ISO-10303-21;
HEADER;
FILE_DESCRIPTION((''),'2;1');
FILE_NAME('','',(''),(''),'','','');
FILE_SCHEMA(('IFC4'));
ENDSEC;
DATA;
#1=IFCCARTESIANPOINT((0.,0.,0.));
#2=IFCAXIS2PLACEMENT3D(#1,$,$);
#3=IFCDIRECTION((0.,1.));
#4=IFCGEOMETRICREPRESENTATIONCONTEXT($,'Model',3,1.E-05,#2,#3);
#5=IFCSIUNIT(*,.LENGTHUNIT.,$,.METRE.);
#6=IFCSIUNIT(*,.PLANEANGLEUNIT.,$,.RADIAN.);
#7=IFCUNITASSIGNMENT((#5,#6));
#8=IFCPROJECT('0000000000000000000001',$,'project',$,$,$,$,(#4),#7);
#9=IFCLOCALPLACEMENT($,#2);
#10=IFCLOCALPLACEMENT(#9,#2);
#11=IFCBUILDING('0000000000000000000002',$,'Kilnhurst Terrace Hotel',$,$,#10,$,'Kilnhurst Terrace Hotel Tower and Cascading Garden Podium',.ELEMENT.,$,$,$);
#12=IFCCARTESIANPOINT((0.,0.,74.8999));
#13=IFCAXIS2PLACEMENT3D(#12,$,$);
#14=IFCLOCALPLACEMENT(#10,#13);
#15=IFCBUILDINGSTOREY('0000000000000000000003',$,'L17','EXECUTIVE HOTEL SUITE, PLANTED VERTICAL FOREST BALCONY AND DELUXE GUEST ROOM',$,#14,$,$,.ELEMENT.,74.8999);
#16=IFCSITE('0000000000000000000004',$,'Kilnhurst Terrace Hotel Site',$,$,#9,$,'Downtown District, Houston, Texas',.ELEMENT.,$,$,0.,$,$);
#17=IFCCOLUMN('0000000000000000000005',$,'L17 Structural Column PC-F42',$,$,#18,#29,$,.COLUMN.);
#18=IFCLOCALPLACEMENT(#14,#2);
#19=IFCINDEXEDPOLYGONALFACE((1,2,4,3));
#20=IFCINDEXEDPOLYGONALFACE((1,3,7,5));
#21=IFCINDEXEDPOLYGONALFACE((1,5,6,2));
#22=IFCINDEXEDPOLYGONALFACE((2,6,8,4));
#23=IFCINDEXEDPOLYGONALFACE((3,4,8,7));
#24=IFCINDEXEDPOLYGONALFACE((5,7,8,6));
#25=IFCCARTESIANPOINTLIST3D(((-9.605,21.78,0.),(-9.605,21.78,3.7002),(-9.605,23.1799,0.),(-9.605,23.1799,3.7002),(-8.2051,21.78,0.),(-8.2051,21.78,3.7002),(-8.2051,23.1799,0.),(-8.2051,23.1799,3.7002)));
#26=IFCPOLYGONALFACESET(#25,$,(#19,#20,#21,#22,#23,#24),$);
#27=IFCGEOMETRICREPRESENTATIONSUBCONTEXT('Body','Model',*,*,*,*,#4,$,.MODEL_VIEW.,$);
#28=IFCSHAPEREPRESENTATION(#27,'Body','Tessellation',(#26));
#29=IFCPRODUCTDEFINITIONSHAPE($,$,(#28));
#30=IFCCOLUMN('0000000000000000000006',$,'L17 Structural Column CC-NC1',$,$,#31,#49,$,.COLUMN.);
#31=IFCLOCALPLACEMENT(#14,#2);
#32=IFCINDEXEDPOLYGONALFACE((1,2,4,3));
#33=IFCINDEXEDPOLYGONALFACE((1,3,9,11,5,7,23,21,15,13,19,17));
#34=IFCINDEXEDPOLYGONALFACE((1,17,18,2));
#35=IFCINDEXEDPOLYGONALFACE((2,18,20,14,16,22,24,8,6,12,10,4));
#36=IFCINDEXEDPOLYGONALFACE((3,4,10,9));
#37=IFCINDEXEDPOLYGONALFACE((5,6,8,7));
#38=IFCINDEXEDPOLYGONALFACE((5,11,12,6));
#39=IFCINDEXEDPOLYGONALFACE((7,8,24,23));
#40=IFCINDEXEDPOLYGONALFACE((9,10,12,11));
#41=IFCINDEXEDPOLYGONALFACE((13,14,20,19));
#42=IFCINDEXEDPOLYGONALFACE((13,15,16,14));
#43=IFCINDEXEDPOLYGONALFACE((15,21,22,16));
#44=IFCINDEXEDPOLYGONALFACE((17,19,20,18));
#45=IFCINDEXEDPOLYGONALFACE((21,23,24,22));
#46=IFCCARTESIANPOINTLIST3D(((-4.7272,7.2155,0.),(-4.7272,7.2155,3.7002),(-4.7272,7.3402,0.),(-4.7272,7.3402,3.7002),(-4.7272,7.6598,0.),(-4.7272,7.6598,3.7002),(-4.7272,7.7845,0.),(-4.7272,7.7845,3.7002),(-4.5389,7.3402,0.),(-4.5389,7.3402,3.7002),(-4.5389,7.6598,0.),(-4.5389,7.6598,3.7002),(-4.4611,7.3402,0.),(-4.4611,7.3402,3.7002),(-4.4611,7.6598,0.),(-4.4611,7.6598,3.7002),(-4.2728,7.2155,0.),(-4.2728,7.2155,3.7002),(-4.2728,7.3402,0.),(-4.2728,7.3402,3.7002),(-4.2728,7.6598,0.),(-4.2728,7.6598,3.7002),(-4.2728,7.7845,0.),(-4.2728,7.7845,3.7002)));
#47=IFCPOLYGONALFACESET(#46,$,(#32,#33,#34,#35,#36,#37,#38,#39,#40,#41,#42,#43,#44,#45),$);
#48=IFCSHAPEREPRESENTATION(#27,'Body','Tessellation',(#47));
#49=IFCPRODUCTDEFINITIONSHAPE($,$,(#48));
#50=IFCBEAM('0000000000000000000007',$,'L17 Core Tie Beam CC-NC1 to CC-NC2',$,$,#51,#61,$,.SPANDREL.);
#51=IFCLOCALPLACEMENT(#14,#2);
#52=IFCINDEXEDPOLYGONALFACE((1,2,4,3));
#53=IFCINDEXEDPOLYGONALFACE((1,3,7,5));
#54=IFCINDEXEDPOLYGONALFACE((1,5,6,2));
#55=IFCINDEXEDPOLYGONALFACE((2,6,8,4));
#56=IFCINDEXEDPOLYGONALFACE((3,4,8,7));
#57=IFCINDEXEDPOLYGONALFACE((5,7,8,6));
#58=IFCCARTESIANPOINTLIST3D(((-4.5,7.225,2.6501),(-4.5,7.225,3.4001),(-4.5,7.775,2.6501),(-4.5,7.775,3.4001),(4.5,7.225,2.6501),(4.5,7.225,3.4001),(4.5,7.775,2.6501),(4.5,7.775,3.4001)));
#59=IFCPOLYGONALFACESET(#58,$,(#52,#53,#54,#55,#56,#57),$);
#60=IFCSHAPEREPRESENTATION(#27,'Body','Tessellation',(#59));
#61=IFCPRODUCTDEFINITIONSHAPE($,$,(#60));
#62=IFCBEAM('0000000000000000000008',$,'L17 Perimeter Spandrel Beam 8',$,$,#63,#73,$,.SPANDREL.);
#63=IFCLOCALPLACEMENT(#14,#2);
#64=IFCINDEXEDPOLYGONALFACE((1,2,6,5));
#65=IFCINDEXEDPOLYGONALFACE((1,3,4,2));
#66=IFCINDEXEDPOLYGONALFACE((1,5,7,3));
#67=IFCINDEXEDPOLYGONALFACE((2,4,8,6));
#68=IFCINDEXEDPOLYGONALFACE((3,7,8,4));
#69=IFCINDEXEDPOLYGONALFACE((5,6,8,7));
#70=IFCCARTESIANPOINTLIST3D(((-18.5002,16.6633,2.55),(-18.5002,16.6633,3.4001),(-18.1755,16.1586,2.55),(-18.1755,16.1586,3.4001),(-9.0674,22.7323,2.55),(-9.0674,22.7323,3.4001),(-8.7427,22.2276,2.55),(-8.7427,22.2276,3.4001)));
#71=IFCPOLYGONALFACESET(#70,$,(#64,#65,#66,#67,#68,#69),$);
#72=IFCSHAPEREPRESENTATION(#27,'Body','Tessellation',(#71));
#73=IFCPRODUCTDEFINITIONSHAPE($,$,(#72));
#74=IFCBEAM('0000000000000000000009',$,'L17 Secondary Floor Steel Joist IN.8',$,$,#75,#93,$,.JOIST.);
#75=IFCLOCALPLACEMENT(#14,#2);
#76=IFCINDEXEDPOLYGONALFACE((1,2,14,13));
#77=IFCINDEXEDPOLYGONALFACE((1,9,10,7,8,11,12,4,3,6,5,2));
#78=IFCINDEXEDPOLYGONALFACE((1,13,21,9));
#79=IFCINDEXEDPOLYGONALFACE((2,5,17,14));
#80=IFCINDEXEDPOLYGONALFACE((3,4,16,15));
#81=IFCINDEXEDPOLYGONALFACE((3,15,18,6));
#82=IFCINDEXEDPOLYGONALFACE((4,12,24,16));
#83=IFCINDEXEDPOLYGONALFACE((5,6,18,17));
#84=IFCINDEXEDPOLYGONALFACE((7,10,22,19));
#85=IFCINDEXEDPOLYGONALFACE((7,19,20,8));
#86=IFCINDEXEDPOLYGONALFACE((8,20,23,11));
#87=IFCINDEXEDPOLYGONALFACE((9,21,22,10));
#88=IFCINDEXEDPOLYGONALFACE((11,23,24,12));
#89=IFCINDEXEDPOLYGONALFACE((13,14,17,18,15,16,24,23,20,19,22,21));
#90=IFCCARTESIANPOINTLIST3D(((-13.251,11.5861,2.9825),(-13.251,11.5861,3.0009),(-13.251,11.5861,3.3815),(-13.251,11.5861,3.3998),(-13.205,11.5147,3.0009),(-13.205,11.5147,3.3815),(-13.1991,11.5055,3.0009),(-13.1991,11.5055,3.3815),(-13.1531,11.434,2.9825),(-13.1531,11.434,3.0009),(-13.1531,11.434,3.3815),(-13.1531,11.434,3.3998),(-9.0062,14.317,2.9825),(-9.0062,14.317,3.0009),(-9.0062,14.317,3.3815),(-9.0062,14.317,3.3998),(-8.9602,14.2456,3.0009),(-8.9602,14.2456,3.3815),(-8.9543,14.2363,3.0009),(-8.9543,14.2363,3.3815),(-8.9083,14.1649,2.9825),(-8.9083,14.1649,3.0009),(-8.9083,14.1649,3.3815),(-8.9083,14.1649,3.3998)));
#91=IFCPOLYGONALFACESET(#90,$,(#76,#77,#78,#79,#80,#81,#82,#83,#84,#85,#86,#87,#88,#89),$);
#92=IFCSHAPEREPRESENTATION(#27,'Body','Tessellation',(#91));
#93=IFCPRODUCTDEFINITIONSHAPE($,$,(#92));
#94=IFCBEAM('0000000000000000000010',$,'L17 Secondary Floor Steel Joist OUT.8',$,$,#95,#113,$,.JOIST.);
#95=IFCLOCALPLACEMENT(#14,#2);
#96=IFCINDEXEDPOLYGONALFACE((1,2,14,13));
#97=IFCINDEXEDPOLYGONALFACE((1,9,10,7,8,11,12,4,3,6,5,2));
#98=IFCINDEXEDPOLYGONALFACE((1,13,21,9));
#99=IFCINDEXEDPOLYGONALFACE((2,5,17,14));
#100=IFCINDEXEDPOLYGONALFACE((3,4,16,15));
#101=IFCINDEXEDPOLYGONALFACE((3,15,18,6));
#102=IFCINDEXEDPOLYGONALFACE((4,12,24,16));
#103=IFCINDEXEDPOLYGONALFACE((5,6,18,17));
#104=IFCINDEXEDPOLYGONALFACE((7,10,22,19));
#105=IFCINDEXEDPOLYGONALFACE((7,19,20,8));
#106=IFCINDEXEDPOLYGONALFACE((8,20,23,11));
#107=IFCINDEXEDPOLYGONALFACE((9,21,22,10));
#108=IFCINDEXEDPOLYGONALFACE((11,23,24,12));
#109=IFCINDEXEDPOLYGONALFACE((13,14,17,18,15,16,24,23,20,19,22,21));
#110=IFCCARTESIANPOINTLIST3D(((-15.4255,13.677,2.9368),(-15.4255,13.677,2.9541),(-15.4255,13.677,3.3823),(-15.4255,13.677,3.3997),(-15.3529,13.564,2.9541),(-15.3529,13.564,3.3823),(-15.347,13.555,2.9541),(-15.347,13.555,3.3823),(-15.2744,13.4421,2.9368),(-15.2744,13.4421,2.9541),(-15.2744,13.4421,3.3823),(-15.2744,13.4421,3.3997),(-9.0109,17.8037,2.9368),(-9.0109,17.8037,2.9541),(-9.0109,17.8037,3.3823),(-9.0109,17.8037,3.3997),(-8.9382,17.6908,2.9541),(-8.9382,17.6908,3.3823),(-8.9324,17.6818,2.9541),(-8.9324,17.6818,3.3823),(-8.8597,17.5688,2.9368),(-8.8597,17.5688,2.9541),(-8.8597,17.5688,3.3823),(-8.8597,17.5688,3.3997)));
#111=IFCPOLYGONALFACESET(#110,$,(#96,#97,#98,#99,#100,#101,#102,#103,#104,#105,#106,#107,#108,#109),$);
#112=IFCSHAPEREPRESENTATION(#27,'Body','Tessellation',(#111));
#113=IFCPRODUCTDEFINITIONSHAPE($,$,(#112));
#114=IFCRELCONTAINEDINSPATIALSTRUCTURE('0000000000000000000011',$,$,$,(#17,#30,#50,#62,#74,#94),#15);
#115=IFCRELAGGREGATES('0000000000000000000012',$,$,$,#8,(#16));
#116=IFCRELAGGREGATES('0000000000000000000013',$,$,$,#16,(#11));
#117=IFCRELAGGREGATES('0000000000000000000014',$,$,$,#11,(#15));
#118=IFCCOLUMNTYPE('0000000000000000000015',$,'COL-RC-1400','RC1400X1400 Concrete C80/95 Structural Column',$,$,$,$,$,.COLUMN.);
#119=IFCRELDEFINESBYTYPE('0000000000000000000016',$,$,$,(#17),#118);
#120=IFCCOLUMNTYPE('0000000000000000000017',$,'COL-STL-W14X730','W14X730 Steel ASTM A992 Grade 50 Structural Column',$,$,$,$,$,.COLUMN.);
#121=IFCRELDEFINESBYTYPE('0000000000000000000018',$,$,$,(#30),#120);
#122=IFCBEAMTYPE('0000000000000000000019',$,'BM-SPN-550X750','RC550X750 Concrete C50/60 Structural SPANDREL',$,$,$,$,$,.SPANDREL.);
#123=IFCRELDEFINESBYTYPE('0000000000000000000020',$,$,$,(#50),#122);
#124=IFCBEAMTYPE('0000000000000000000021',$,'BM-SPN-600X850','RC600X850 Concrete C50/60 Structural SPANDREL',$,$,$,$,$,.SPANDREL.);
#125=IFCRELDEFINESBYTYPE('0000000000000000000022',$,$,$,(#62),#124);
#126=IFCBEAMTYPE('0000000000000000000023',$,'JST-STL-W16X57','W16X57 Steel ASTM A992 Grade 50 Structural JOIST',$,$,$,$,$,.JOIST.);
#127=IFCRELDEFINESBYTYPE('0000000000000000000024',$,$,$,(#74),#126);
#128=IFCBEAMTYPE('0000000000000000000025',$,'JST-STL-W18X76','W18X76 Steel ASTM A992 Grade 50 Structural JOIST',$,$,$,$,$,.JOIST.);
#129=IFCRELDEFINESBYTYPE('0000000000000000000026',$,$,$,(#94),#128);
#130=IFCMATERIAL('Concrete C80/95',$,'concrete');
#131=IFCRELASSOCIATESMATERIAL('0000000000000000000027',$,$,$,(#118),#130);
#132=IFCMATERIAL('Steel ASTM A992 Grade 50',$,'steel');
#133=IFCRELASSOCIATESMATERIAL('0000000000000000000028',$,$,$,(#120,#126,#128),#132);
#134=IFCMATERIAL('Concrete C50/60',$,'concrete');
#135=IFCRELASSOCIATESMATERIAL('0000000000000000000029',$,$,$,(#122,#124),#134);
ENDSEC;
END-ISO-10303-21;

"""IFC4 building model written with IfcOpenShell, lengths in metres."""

from ifc_helpers import new_model, si_unit, direction, frame, origin, origin_2d, place, context, subcontext, project, spatial, rectangle, i_section, extrude, material, material_profile, profile_set, type_object, element, save


model = new_model("IFC4")

# Units and contexts
model_context = context("Model", 3, precision=1e-05, world=origin(), true_north=direction((0.0, 1.0)))
body_context = subcontext(model_context, "Body", "Model", "MODEL_VIEW")
ifc_project = project(units=[si_unit("LENGTHUNIT", "METRE"), si_unit("PLANEANGLEUNIT", "RADIAN")], contexts=[model_context])

# Site, building, storey
site_placement = place(None, origin())
site = spatial("IfcSite", under=ifc_project, at=site_placement, Name="Kilnhurst Terrace Hotel Site", LongName="Downtown District, Houston, Texas", CompositionType="ELEMENT", RefElevation=0.0)
building_placement = place(site_placement, origin())
building = spatial("IfcBuilding", under=site, at=building_placement, Name="Kilnhurst Terrace Hotel", LongName="Kilnhurst Terrace Hotel Tower and Cascading Garden Podium", CompositionType="ELEMENT")
storey_placement = place(building_placement, frame((0.0, 0.0, 74.8999)))
storey = spatial("IfcBuildingStorey", under=building, at=storey_placement, Name="L17", Description="EXECUTIVE HOTEL SUITE, PLANTED VERTICAL FOREST BALCONY AND DELUXE GUEST ROOM", CompositionType="ELEMENT", Elevation=74.8999)

# Columns
ifc_material_1 = material(Name="Concrete C80/95", Category="concrete")
ifc_material_profile_1 = material_profile(ifc_material_1, rectangle(XDim=1.3999, YDim=1.3999, at=origin_2d()), Name="RC1400X1400")
ifc_profile_set_1 = profile_set([ifc_material_profile_1], Name="Concrete C80/95")
column_type_1 = type_object("IfcColumnType", Name="COL-RC-1400", Description="RC1400X1400 Concrete C80/95 Structural Column", PredefinedType="COLUMN", material=ifc_profile_set_1)
column_1_placement = place(storey_placement, frame((-8.905, 22.48, 0.0), z_axis=(0.0, 0.0, 1.0), x_axis=(1.0, 0.0, 0.0)))
element("IfcColumn", 1, at=column_1_placement, inside=storey, type_object=column_type_1, Name="L17 Structural Column PC-F42", PredefinedType="COLUMN", context=body_context, shape_type="SweptSolid", body=[
    extrude(rectangle(XDim=1.3999, YDim=1.3999, at=origin_2d()), origin(), (0.0, 0.0, 1.0), 3.7002),
])
ifc_material_2 = material(Name="Steel ASTM A992 Grade 50", Category="steel")
ifc_material_profile_2 = material_profile(ifc_material_2, i_section(OverallWidth=0.4543, OverallDepth=0.5691, WebThickness=0.0779, FlangeThickness=0.1248, at=origin_2d()), Name="W14X730")
ifc_profile_set_2 = profile_set([ifc_material_profile_2], Name="Steel ASTM A992 Grade 50")
column_type_2 = type_object("IfcColumnType", Name="COL-STL-W14X730", Description="W14X730 Steel ASTM A992 Grade 50 Structural Column", PredefinedType="COLUMN", material=ifc_profile_set_2)
column_2_placement = place(storey_placement, frame((-4.5, 7.5, 0.0), z_axis=(0.0, 0.0, 1.0), x_axis=(1.0, 0.0, 0.0)))
element("IfcColumn", 2, at=column_2_placement, inside=storey, type_object=column_type_2, Name="L17 Structural Column CC-NC1", PredefinedType="COLUMN", context=body_context, shape_type="SweptSolid", body=[
    extrude(i_section(OverallWidth=0.4543, OverallDepth=0.5691, WebThickness=0.0779, FlangeThickness=0.1248, at=origin_2d()), origin(), (0.0, 0.0, 1.0), 3.7002),
])

# Beams
ifc_material_3 = material(Name="Concrete C50/60", Category="concrete")
ifc_material_profile_3 = material_profile(ifc_material_3, rectangle(XDim=0.55, YDim=0.75, at=origin_2d()), Name="RC550X750")
ifc_profile_set_3 = profile_set([ifc_material_profile_3], Name="Concrete C50/60")
beam_type_1 = type_object("IfcBeamType", Name="BM-SPN-550X750", Description="RC550X750 Concrete C50/60 Structural SPANDREL", PredefinedType="SPANDREL", material=ifc_profile_set_3)
beam_1_placement = place(storey_placement, frame((-4.5, 7.5, 3.0251), z_axis=(1.0, 0.0, 0.0), x_axis=(0.0, 1.0, 0.0)))
element("IfcBeam", 3, at=beam_1_placement, inside=storey, type_object=beam_type_1, Name="L17 Core Tie Beam CC-NC1 to CC-NC2", PredefinedType="SPANDREL", context=body_context, shape_type="SweptSolid", body=[
    extrude(rectangle(XDim=0.55, YDim=0.75, at=origin_2d()), origin(), (0.0, 0.0, 1.0), 9.0),
])
ifc_material_profile_4 = material_profile(ifc_material_3, rectangle(XDim=0.6001, YDim=0.8501, at=origin_2d()), Name="RC600X850")
ifc_profile_set_4 = profile_set([ifc_material_profile_4], Name="Concrete C50/60")
beam_type_2 = type_object("IfcBeamType", Name="BM-SPN-600X850", Description="RC600X850 Concrete C50/60 Structural SPANDREL", PredefinedType="SPANDREL", material=ifc_profile_set_4)
beam_2_placement = place(storey_placement, frame((-8.905, 22.48, 2.9751), z_axis=(-0.840971, -0.54108, 0.0), x_axis=(0.54108, -0.840971, 0.0)))
element("IfcBeam", 4, at=beam_2_placement, inside=storey, type_object=beam_type_2, Name="L17 Perimeter Spandrel Beam 8", PredefinedType="SPANDREL", context=body_context, shape_type="SweptSolid", body=[
    extrude(rectangle(XDim=0.6001, YDim=0.8501, at=origin_2d()), origin(), (0.0, 0.0, 1.0), 11.2166),
])
ifc_material_profile_5 = material_profile(ifc_material_2, i_section(OverallWidth=0.1809, OverallDepth=0.4172, WebThickness=0.011, FlangeThickness=0.0183, at=origin_2d()), Name="W16X57")
ifc_profile_set_5 = profile_set([ifc_material_profile_5], Name="Steel ASTM A992 Grade 50")
beam_type_3 = type_object("IfcBeamType", Name="JST-STL-W16X57", Description="W16X57 Steel ASTM A992 Grade 50 Structural JOIST", PredefinedType="JOIST", material=ifc_profile_set_5)
beam_3_placement = place(storey_placement, frame((-8.9573, 14.241, 3.1912), z_axis=(-0.840988, -0.541053, 0.0), x_axis=(0.541053, -0.840988, 0.0)))
element("IfcBeam", 5, at=beam_3_placement, inside=storey, type_object=beam_type_3, Name="L17 Secondary Floor Steel Joist IN.8", PredefinedType="JOIST", context=body_context, shape_type="SweptSolid", body=[
    extrude(i_section(OverallWidth=0.1809, OverallDepth=0.4172, WebThickness=0.011, FlangeThickness=0.0183, at=origin_2d()), origin(), (0.0, 0.0, 1.0), 5.0474),
])
ifc_material_profile_6 = material_profile(ifc_material_2, i_section(OverallWidth=0.2793, OverallDepth=0.4629, WebThickness=0.0107, FlangeThickness=0.0173, at=origin_2d()), Name="W18X76")
ifc_profile_set_6 = profile_set([ifc_material_profile_6], Name="Steel ASTM A992 Grade 50")
beam_type_4 = type_object("IfcBeamType", Name="JST-STL-W18X76", Description="W18X76 Steel ASTM A992 Grade 50 Structural JOIST", PredefinedType="JOIST", material=ifc_profile_set_6)
beam_4_placement = place(storey_placement, frame((-8.9353, 17.6863, 3.1682), z_axis=(-0.840995, -0.541042, 0.0), x_axis=(0.541042, -0.840995, 0.0)))
element("IfcBeam", 6, at=beam_4_placement, inside=storey, type_object=beam_type_4, Name="L17 Secondary Floor Steel Joist OUT.8", PredefinedType="JOIST", context=body_context, shape_type="SweptSolid", body=[
    extrude(i_section(OverallWidth=0.2793, OverallDepth=0.4629, WebThickness=0.0107, FlangeThickness=0.0173, at=origin_2d()), origin(), (0.0, 0.0, 1.0), 7.6274),
])

save(model, "model.ifc")
